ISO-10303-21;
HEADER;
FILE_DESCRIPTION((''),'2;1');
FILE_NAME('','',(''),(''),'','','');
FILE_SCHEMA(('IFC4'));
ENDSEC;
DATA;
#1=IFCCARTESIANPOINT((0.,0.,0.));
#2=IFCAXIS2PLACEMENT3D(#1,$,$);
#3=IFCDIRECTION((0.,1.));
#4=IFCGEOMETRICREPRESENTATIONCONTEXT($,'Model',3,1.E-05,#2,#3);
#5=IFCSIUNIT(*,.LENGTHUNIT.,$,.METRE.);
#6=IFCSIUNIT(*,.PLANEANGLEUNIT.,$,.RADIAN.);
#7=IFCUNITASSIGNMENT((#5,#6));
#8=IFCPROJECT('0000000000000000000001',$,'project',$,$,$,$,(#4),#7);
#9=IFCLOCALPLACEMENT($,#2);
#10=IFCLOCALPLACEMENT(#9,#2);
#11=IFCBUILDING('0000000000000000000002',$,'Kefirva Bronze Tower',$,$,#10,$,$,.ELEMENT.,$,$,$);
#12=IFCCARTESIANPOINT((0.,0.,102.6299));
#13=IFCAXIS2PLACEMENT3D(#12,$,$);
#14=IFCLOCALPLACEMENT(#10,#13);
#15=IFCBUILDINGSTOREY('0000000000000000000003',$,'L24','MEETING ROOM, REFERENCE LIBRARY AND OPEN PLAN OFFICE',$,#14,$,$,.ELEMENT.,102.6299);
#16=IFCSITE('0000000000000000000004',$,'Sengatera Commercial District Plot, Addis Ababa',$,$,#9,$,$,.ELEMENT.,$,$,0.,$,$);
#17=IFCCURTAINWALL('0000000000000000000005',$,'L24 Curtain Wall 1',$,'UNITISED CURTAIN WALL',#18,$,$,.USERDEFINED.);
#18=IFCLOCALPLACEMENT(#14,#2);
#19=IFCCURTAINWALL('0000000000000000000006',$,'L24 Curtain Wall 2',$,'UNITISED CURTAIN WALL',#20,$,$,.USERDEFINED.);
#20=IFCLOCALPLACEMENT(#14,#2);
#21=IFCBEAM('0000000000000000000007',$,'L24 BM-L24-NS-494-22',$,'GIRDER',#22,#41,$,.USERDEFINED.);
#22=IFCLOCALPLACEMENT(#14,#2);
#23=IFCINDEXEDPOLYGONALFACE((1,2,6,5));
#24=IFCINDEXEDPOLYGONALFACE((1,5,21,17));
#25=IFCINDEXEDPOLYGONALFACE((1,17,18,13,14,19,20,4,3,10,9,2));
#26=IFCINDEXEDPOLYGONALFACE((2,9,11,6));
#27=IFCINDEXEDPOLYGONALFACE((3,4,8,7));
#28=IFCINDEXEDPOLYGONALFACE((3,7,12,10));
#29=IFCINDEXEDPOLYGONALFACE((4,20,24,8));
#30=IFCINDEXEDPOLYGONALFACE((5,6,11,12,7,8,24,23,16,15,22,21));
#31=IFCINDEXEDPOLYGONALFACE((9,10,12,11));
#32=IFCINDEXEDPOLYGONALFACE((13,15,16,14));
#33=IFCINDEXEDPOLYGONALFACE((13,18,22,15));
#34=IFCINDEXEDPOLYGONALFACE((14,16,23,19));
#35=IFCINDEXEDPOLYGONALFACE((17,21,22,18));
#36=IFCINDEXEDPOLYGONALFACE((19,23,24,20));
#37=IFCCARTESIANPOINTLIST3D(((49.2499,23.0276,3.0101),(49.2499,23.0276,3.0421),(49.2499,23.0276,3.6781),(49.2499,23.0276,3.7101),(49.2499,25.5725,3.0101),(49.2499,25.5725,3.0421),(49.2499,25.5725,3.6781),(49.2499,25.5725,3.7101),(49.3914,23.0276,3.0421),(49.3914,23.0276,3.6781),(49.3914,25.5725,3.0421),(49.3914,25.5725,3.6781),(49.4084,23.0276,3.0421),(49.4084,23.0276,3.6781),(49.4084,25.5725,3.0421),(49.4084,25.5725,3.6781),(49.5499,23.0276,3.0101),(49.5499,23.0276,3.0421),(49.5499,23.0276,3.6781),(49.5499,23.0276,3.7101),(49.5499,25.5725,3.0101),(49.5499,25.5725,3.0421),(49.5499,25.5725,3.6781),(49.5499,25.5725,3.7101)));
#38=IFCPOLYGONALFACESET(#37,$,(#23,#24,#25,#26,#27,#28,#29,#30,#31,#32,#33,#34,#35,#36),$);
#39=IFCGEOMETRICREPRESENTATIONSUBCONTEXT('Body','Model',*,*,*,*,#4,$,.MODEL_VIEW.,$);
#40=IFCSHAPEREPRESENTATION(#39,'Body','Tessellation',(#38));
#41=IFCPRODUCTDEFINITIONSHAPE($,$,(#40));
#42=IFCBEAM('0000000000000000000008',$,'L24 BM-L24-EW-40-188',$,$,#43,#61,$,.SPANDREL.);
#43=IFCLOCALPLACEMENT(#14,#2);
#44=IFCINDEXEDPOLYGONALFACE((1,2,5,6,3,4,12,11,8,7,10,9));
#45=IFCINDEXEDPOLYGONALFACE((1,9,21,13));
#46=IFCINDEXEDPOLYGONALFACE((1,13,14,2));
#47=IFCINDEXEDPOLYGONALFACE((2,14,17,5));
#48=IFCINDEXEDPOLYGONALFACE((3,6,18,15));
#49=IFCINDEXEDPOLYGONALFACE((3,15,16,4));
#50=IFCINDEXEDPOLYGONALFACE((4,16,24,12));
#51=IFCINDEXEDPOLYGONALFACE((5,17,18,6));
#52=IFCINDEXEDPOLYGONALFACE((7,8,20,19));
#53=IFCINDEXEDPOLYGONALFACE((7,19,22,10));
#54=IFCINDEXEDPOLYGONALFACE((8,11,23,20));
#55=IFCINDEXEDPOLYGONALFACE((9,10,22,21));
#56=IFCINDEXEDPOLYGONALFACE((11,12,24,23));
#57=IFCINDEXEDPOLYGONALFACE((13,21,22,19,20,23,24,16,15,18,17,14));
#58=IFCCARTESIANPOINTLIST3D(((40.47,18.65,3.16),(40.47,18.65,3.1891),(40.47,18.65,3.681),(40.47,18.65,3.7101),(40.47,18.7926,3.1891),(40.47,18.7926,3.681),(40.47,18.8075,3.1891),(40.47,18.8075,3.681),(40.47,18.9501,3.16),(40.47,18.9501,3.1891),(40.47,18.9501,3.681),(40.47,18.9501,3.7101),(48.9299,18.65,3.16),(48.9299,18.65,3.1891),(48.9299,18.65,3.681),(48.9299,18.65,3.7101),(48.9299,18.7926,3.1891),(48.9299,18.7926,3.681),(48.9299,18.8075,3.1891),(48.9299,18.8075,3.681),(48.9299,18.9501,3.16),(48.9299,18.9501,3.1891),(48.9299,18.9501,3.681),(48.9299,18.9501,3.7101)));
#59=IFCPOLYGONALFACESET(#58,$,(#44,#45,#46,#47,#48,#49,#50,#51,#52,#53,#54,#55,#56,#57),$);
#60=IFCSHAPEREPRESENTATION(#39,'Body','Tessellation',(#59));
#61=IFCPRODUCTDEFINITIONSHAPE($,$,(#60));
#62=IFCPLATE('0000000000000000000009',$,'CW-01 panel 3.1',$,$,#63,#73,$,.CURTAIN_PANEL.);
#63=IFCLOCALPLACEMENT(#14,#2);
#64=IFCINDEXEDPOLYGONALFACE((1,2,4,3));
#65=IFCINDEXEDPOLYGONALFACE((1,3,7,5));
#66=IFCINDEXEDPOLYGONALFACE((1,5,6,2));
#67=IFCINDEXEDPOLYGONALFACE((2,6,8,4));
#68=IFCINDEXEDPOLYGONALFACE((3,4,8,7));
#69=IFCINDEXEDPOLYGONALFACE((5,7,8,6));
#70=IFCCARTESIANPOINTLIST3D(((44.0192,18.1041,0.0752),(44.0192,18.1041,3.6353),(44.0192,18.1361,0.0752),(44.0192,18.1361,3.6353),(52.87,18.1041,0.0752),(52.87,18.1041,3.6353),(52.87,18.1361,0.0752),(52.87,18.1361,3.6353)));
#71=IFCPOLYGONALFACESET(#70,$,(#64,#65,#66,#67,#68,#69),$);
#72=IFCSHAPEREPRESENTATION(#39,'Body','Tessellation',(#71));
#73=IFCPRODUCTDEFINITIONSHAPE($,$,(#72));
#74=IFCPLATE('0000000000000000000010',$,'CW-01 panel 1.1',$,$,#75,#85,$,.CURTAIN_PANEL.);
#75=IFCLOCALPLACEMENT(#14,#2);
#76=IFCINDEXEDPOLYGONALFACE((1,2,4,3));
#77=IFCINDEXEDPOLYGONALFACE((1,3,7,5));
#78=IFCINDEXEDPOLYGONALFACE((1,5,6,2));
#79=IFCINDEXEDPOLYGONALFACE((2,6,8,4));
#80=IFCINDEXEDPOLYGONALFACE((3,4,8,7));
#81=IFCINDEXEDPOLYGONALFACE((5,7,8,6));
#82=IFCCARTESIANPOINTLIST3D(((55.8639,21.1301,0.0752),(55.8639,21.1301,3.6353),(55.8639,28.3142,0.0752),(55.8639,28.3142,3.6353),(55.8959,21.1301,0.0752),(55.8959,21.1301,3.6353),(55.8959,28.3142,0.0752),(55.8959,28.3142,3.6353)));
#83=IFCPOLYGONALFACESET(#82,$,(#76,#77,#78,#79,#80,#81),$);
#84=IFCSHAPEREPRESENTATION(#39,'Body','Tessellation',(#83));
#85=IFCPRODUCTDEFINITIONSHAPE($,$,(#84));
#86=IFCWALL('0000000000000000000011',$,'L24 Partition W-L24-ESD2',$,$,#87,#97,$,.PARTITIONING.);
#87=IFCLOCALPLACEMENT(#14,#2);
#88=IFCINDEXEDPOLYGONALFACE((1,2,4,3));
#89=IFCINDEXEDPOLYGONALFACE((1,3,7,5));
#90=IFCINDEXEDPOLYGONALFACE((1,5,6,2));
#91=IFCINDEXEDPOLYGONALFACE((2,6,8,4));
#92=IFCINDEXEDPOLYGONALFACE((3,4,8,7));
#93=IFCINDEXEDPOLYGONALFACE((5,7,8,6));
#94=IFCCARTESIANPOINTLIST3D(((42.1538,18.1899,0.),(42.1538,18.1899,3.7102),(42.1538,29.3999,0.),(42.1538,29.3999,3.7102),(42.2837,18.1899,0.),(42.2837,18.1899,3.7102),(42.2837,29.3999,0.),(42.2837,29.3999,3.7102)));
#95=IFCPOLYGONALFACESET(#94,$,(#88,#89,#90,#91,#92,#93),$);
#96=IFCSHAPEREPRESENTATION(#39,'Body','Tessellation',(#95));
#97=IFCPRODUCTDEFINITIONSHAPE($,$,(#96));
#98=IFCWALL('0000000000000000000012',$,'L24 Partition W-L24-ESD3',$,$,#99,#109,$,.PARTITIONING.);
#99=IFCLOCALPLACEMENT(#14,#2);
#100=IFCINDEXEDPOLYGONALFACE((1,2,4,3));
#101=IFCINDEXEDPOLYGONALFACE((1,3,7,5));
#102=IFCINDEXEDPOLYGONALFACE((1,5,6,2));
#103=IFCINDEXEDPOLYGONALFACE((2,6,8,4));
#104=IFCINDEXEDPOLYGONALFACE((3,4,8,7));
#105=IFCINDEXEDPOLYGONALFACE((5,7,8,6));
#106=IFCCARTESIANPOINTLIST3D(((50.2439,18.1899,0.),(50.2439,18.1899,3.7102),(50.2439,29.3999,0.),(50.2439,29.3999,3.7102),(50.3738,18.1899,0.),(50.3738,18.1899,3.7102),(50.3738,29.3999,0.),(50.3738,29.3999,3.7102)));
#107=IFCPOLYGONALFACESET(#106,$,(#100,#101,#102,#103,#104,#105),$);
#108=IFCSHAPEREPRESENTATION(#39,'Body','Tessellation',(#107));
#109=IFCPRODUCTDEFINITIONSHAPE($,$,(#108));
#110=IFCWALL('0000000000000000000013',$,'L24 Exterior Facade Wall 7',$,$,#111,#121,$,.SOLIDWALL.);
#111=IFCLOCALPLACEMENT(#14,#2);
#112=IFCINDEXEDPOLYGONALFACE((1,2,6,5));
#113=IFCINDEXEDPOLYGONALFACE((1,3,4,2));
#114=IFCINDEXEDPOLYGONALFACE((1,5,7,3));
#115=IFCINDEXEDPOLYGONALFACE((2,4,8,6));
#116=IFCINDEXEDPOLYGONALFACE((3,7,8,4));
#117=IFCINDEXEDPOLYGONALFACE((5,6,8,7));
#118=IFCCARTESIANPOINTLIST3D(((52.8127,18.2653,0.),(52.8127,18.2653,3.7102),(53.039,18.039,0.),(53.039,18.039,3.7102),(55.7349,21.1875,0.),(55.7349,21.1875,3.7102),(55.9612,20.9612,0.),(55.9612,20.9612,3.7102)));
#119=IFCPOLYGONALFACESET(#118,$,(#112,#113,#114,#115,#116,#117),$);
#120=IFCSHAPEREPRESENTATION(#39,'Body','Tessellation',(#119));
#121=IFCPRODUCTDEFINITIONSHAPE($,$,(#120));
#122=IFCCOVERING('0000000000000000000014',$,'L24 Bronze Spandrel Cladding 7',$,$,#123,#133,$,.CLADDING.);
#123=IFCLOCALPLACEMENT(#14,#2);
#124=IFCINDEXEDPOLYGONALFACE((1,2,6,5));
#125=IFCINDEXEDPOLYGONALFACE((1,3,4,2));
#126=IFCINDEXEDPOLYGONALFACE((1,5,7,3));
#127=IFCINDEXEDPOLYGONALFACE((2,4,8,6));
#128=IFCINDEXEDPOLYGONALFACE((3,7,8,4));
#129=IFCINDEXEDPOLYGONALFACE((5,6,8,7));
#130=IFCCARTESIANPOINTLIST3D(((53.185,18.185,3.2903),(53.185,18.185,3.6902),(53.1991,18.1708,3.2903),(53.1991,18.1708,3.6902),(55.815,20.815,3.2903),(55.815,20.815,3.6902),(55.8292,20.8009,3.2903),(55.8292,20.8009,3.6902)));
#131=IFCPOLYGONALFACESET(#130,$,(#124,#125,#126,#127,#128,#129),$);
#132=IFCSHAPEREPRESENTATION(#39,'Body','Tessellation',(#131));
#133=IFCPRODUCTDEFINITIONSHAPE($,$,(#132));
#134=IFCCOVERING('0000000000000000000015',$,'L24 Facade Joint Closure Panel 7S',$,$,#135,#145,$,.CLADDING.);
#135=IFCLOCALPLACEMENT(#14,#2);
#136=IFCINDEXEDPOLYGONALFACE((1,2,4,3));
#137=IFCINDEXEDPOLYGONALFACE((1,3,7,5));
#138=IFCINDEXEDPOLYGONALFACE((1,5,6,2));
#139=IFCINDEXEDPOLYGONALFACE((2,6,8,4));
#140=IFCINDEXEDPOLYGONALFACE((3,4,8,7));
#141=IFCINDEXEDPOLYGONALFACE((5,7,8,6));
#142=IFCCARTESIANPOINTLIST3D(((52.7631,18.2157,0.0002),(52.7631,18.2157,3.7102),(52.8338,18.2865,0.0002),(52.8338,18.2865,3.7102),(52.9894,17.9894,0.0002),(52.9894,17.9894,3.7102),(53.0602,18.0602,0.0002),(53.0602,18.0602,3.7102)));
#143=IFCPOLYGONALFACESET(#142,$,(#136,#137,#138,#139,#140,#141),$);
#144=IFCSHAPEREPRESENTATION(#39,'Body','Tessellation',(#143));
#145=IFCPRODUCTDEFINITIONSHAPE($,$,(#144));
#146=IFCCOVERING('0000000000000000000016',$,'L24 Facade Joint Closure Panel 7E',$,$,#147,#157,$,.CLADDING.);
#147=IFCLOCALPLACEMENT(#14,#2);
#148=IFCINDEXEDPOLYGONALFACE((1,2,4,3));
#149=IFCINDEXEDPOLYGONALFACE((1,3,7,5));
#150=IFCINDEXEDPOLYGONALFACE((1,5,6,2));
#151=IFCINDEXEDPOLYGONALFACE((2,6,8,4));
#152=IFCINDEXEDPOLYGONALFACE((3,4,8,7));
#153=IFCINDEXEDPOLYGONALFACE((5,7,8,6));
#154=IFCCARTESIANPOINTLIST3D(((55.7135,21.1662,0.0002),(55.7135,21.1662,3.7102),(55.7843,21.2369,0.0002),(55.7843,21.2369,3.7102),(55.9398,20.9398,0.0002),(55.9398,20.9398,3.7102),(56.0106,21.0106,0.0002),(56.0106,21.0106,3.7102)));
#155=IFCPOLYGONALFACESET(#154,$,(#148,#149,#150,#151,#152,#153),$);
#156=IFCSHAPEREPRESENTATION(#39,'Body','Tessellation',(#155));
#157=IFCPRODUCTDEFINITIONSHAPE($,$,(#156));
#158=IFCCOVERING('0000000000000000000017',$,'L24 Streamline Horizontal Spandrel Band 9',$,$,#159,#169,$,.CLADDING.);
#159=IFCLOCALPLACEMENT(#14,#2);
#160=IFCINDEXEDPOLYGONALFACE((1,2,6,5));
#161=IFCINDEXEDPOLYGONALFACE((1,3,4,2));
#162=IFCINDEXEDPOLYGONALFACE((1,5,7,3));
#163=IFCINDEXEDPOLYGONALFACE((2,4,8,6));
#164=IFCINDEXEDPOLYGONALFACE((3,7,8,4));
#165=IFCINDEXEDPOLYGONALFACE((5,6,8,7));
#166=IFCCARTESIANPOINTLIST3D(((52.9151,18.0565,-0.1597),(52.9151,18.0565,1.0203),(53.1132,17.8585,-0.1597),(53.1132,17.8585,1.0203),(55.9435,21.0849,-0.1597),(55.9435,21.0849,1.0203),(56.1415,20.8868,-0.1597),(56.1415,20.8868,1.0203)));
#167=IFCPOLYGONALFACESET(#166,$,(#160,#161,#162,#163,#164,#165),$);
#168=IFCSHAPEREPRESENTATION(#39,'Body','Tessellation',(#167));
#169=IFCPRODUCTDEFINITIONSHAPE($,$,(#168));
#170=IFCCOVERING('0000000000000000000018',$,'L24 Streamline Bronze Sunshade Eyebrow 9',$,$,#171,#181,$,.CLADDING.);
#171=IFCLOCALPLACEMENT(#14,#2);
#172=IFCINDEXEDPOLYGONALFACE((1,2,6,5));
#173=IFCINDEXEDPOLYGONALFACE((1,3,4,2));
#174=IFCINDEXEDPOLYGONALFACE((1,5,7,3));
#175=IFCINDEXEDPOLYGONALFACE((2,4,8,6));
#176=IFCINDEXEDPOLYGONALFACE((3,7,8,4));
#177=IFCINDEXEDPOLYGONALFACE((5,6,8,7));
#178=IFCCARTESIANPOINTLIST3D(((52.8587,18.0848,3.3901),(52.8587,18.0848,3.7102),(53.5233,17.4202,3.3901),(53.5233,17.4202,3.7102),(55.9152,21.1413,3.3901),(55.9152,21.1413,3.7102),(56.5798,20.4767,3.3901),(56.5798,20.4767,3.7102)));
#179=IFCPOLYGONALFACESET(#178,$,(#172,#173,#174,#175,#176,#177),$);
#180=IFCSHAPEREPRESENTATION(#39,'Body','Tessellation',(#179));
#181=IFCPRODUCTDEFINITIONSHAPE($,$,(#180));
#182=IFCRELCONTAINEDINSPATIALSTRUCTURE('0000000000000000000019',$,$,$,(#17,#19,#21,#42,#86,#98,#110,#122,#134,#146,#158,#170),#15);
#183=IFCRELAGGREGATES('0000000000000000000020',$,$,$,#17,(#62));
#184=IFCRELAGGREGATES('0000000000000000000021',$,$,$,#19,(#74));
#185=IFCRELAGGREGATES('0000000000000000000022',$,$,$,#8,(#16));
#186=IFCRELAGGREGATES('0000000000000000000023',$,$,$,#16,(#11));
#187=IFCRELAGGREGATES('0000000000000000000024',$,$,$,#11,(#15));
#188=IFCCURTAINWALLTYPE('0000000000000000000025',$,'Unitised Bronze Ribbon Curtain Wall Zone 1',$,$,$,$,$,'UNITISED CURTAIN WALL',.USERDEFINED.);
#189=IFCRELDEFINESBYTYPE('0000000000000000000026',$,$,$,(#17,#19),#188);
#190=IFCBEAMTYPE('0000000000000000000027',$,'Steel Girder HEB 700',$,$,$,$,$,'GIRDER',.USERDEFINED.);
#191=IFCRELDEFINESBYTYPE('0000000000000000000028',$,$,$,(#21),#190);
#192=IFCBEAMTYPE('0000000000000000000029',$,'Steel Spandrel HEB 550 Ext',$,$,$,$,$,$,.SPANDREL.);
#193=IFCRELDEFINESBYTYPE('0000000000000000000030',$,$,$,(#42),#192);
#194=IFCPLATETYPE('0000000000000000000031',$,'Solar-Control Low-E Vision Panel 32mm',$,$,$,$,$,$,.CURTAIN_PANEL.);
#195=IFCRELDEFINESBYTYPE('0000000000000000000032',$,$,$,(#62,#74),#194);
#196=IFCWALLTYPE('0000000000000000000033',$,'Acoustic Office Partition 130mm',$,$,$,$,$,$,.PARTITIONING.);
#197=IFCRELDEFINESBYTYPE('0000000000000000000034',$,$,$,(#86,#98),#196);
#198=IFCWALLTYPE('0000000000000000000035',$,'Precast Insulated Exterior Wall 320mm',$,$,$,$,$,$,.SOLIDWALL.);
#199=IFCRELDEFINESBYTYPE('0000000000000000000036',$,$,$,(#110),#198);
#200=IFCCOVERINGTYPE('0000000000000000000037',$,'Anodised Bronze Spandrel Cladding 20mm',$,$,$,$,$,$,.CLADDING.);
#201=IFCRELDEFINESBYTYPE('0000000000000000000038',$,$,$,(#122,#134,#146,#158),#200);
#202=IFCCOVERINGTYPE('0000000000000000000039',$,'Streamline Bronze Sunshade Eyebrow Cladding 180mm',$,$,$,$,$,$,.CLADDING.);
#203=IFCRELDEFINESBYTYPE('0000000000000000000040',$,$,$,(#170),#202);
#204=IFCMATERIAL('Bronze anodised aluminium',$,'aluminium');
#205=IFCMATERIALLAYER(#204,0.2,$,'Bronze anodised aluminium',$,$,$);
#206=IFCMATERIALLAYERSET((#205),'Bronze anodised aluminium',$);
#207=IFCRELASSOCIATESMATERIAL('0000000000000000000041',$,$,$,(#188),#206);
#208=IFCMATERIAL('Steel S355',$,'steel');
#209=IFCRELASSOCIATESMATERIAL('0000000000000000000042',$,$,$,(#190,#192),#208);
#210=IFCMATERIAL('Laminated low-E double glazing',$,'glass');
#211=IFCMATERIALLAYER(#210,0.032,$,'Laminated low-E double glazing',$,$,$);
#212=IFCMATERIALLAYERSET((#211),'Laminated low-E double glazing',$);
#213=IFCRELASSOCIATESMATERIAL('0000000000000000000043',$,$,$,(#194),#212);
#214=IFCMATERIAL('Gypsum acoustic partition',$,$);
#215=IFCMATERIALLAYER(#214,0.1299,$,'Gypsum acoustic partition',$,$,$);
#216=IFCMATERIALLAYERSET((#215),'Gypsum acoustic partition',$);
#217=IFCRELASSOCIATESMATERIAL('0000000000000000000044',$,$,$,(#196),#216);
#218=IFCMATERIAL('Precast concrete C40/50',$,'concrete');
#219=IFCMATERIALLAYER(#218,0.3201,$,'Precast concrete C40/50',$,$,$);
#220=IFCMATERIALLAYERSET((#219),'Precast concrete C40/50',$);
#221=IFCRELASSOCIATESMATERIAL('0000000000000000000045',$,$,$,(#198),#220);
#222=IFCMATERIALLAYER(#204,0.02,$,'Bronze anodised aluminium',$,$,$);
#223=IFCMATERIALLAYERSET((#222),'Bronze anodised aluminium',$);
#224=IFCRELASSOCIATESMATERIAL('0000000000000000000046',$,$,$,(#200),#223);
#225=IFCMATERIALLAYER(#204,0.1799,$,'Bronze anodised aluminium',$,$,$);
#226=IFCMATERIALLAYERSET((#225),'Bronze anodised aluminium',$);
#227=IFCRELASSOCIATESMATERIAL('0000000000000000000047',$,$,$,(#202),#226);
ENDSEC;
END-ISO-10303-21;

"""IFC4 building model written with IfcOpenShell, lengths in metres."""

from ifc_helpers import new_model, si_unit, direction, frame, frame_2d, origin, origin_2d, place, context, subcontext, project, spatial, rectangle, i_section, extrude, material, layer, layer_set, material_profile, profile_set, type_object, element, aggregate, save


model = new_model("IFC4")

# Units and contexts
model_context = context("Model", 3, precision=1e-05, world=origin(), true_north=direction((0.0, 1.0)))
body_context = subcontext(model_context, "Body", "Model", "MODEL_VIEW")
ifc_project = project(units=[si_unit("LENGTHUNIT", "METRE"), si_unit("PLANEANGLEUNIT", "RADIAN")], contexts=[model_context])

# Site, building, storey
site_placement = place(None, origin())
site = spatial("IfcSite", under=ifc_project, at=site_placement, Name="Sengatera Commercial District Plot, Addis Ababa", CompositionType="ELEMENT", RefElevation=0.0)
building_placement = place(site_placement, origin())
building = spatial("IfcBuilding", under=site, at=building_placement, Name="Kefirva Bronze Tower", CompositionType="ELEMENT")
storey_placement = place(building_placement, frame((0.0, 0.0, 102.6299)))
storey = spatial("IfcBuildingStorey", under=building, at=storey_placement, Name="L24", Description="MEETING ROOM, REFERENCE LIBRARY AND OPEN PLAN OFFICE", CompositionType="ELEMENT", Elevation=102.6299)

# Curtain wall
ifc_material_1 = material(Name="Bronze anodised aluminium", Category="aluminium")
ifc_layer_1 = layer(ifc_material_1, 0.2, Name="Bronze anodised aluminium")
ifc_layer_set_1 = layer_set([ifc_layer_1], Name="Bronze anodised aluminium")
curtain_wall_type = type_object("IfcCurtainWallType", Name="Unitised Bronze Ribbon Curtain Wall Zone 1", ElementType="UNITISED CURTAIN WALL", PredefinedType="USERDEFINED", material=ifc_layer_set_1)
curtain_wall_1_placement = place(storey_placement, origin())
curtain_wall_1 = element("IfcCurtainWall", 1, at=curtain_wall_1_placement, inside=storey, type_object=curtain_wall_type, Name="L24 Curtain Wall 1", ObjectType="UNITISED CURTAIN WALL", PredefinedType="USERDEFINED")

# Curtain wall
curtain_wall_2_placement = place(storey_placement, origin())
curtain_wall_2 = element("IfcCurtainWall", 2, at=curtain_wall_2_placement, inside=storey, type_object=curtain_wall_type, Name="L24 Curtain Wall 2", ObjectType="UNITISED CURTAIN WALL", PredefinedType="USERDEFINED")

# Beams
ifc_material_2 = material(Name="Steel S355", Category="steel")
ifc_material_profile_1 = material_profile(ifc_material_2, i_section(OverallWidth=0.3, OverallDepth=0.7, WebThickness=0.0171, FlangeThickness=0.032, at=origin_2d()), Name="HEB 700")
ifc_profile_set_1 = profile_set([ifc_material_profile_1], Name="Steel S355")
beam_type_1 = type_object("IfcBeamType", Name="Steel Girder HEB 700", ElementType="GIRDER", PredefinedType="USERDEFINED", material=ifc_profile_set_1)
beam_1_placement = place(storey_placement, frame((49.3999, 23.0276, 3.3601), z_axis=(0.0, 1.0, 0.0), x_axis=(-1.0, 0.0, 0.0)))
element("IfcBeam", 3, at=beam_1_placement, inside=storey, type_object=beam_type_1, Name="L24 BM-L24-NS-494-22", ObjectType="GIRDER", PredefinedType="USERDEFINED", context=body_context, shape_type="SweptSolid", body=[
    extrude(i_section(OverallWidth=0.3, OverallDepth=0.7, WebThickness=0.0171, FlangeThickness=0.032, at=origin_2d()), origin(), (0.0, 0.0, 1.0), 2.5449),
])
ifc_material_profile_2 = material_profile(ifc_material_2, i_section(OverallWidth=0.3, OverallDepth=0.55, WebThickness=0.0149, FlangeThickness=0.0291, at=origin_2d()), Name="HEB 550")
ifc_profile_set_2 = profile_set([ifc_material_profile_2], Name="Steel S355")
beam_type_2 = type_object("IfcBeamType", Name="Steel Spandrel HEB 550 Ext", PredefinedType="SPANDREL", material=ifc_profile_set_2)
beam_2_placement = place(storey_placement, frame((40.47, 18.8, 3.4351), z_axis=(1.0, 0.0, 0.0), x_axis=(0.0, 1.0, 0.0)))
element("IfcBeam", 4, at=beam_2_placement, inside=storey, type_object=beam_type_2, Name="L24 BM-L24-EW-40-188", PredefinedType="SPANDREL", context=body_context, shape_type="SweptSolid", body=[
    extrude(i_section(OverallWidth=0.3, OverallDepth=0.55, WebThickness=0.0149, FlangeThickness=0.0291, at=origin_2d()), origin(), (0.0, 0.0, 1.0), 8.46),
])

# Plates
ifc_material_3 = material(Name="Laminated low-E double glazing", Category="glass")
ifc_layer_2 = layer(ifc_material_3, 0.032, Name="Laminated low-E double glazing")
ifc_layer_set_2 = layer_set([ifc_layer_2], Name="Laminated low-E double glazing")
plate_type = type_object("IfcPlateType", Name="Solar-Control Low-E Vision Panel 32mm", PredefinedType="CURTAIN_PANEL", material=ifc_layer_set_2)
plate_1_placement = place(storey_placement, frame((48.4446, 18.1201, 0.0752), z_axis=(0.0, 0.0, 1.0), x_axis=(1.0, 0.0, 0.0)))
plate_1 = element("IfcPlate", 5, at=plate_1_placement, type_object=plate_type, Name="CW-01 panel 3.1", PredefinedType="CURTAIN_PANEL", context=body_context, shape_type="SweptSolid", body=[
    extrude(rectangle(XDim=8.8508, YDim=0.032, at=origin_2d()), origin(), (0.0, 0.0, 1.0), 3.5601),
])
aggregate(curtain_wall_1, [plate_1])
plate_2_placement = place(storey_placement, frame((55.8799, 24.7222, 0.0752), z_axis=(0.0, 0.0, 1.0), x_axis=(0.0, 1.0, 0.0)))
plate_2 = element("IfcPlate", 6, at=plate_2_placement, type_object=plate_type, Name="CW-01 panel 1.1", PredefinedType="CURTAIN_PANEL", context=body_context, shape_type="SweptSolid", body=[
    extrude(rectangle(XDim=7.1841, YDim=0.032, at=origin_2d()), origin(), (0.0, 0.0, 1.0), 3.5601),
])
aggregate(curtain_wall_2, [plate_2])

# Walls
ifc_material_4 = material(Name="Gypsum acoustic partition")
ifc_layer_3 = layer(ifc_material_4, 0.1299, Name="Gypsum acoustic partition")
ifc_layer_set_3 = layer_set([ifc_layer_3], Name="Gypsum acoustic partition")
wall_type_1 = type_object("IfcWallType", Name="Acoustic Office Partition 130mm", PredefinedType="PARTITIONING", material=ifc_layer_set_3)
for number, where, z_axis, x_axis, name in (
    (7, (42.2188, 18.1899, 0.0), (0.0, 0.0, 1.0), (0.0, 1.0, 0.0), "L24 Partition W-L24-ESD2"),
    (8, (50.3088, 18.1899, 0.0), (0.0, 0.0, 1.0), (0.0, 1.0, 0.0), "L24 Partition W-L24-ESD3"),
):
    element("IfcWall", number, at=place(storey_placement, frame(where, z_axis=z_axis, x_axis=x_axis)), inside=storey, type_object=wall_type_1, Name=name, PredefinedType="PARTITIONING", context=body_context, shape_type="SweptSolid", body=[
        extrude(rectangle(XDim=11.21, YDim=0.1299, at=frame_2d((5.605, 0.0))), origin(), (0.0, 0.0, 1.0), 3.7102),
    ])
ifc_material_5 = material(Name="Precast concrete C40/50", Category="concrete")
ifc_layer_4 = layer(ifc_material_5, 0.3201, Name="Precast concrete C40/50")
ifc_layer_set_4 = layer_set([ifc_layer_4], Name="Precast concrete C40/50")
wall_type_2 = type_object("IfcWallType", Name="Precast Insulated Exterior Wall 320mm", PredefinedType="SOLIDWALL", material=ifc_layer_set_4)
wall_placement = place(storey_placement, frame((52.9258, 18.1521, 0.0), z_axis=(0.0, 0.0, 1.0), x_axis=(0.707107, 0.707107, 0.0)))
element("IfcWall", 9, at=wall_placement, inside=storey, type_object=wall_type_2, Name="L24 Exterior Facade Wall 7", PredefinedType="SOLIDWALL", context=body_context, shape_type="SweptSolid", body=[
    extrude(rectangle(XDim=4.1326, YDim=0.3201, at=frame_2d((2.0664, 0.0))), origin(), (0.0, 0.0, 1.0), 3.7102),
])

# Coverings
ifc_layer_5 = layer(ifc_material_1, 0.02, Name="Bronze anodised aluminium")
ifc_layer_set_5 = layer_set([ifc_layer_5], Name="Bronze anodised aluminium")
covering_type_1 = type_object("IfcCoveringType", Name="Anodised Bronze Spandrel Cladding 20mm", PredefinedType="CLADDING", material=ifc_layer_set_5)
covering_1_placement = place(storey_placement, frame((54.5071, 19.4929, 3.2903), z_axis=(0.0, 0.0, 1.0), x_axis=(0.707107, 0.707107, 0.0)))
element("IfcCovering", 10, at=covering_1_placement, inside=storey, type_object=covering_type_1, Name="L24 Bronze Spandrel Cladding 7", PredefinedType="CLADDING", context=body_context, shape_type="SweptSolid", body=[
    extrude(rectangle(XDim=3.7195, YDim=0.02, at=origin_2d()), origin(), (0.0, 0.0, 1.0), 0.3999),
])
for number, where, z_axis, x_axis, name in (
    (11, (52.9116, 18.1379, 0.0002), (0.0, 0.0, 1.0), (0.707107, 0.707107, 0.0), "L24 Facade Joint Closure Panel 7S"),
    (12, (55.8621, 21.0884, 0.0002), (0.0, 0.0, 1.0), (0.707107, 0.707107, 0.0), "L24 Facade Joint Closure Panel 7E"),
):
    element("IfcCovering", number, at=place(storey_placement, frame(where, z_axis=z_axis, x_axis=x_axis)), inside=storey, type_object=covering_type_1, Name=name, PredefinedType="CLADDING", context=body_context, shape_type="SweptSolid", body=[
        extrude(rectangle(XDim=0.1001, YDim=0.3201, at=origin_2d()), origin(), (0.0, 0.0, 1.0), 3.71),
    ])
covering_2_placement = place(storey_placement, frame((54.5283, 19.4717, -0.1597), z_axis=(0.0, 0.0, 1.0), x_axis=(0.707107, 0.707107, 0.0)))
element("IfcCovering", 13, at=covering_2_placement, inside=storey, type_object=covering_type_1, Name="L24 Streamline Horizontal Spandrel Band 9", PredefinedType="CLADDING", context=body_context, shape_type="SweptSolid", body=[
    extrude(rectangle(XDim=4.2827, YDim=0.28, at=origin_2d()), origin(), (0.0, 0.0, 1.0), 1.1799),
])
ifc_layer_6 = layer(ifc_material_1, 0.1799, Name="Bronze anodised aluminium")
ifc_layer_set_6 = layer_set([ifc_layer_6], Name="Bronze anodised aluminium")
covering_type_2 = type_object("IfcCoveringType", Name="Streamline Bronze Sunshade Eyebrow Cladding 180mm", PredefinedType="CLADDING", material=ifc_layer_set_6)
covering_3_placement = place(storey_placement, frame((54.7192, 19.2808, 3.3901), z_axis=(0.0, 0.0, 1.0), x_axis=(0.707107, 0.707107, 0.0)))
element("IfcCovering", 14, at=covering_3_placement, inside=storey, type_object=covering_type_2, Name="L24 Streamline Bronze Sunshade Eyebrow 9", PredefinedType="CLADDING", context=body_context, shape_type="SweptSolid", body=[
    extrude(rectangle(XDim=4.3225, YDim=0.9399, at=origin_2d()), origin(), (0.0, 0.0, 1.0), 0.3201),
])

save(model, "model.ifc")
